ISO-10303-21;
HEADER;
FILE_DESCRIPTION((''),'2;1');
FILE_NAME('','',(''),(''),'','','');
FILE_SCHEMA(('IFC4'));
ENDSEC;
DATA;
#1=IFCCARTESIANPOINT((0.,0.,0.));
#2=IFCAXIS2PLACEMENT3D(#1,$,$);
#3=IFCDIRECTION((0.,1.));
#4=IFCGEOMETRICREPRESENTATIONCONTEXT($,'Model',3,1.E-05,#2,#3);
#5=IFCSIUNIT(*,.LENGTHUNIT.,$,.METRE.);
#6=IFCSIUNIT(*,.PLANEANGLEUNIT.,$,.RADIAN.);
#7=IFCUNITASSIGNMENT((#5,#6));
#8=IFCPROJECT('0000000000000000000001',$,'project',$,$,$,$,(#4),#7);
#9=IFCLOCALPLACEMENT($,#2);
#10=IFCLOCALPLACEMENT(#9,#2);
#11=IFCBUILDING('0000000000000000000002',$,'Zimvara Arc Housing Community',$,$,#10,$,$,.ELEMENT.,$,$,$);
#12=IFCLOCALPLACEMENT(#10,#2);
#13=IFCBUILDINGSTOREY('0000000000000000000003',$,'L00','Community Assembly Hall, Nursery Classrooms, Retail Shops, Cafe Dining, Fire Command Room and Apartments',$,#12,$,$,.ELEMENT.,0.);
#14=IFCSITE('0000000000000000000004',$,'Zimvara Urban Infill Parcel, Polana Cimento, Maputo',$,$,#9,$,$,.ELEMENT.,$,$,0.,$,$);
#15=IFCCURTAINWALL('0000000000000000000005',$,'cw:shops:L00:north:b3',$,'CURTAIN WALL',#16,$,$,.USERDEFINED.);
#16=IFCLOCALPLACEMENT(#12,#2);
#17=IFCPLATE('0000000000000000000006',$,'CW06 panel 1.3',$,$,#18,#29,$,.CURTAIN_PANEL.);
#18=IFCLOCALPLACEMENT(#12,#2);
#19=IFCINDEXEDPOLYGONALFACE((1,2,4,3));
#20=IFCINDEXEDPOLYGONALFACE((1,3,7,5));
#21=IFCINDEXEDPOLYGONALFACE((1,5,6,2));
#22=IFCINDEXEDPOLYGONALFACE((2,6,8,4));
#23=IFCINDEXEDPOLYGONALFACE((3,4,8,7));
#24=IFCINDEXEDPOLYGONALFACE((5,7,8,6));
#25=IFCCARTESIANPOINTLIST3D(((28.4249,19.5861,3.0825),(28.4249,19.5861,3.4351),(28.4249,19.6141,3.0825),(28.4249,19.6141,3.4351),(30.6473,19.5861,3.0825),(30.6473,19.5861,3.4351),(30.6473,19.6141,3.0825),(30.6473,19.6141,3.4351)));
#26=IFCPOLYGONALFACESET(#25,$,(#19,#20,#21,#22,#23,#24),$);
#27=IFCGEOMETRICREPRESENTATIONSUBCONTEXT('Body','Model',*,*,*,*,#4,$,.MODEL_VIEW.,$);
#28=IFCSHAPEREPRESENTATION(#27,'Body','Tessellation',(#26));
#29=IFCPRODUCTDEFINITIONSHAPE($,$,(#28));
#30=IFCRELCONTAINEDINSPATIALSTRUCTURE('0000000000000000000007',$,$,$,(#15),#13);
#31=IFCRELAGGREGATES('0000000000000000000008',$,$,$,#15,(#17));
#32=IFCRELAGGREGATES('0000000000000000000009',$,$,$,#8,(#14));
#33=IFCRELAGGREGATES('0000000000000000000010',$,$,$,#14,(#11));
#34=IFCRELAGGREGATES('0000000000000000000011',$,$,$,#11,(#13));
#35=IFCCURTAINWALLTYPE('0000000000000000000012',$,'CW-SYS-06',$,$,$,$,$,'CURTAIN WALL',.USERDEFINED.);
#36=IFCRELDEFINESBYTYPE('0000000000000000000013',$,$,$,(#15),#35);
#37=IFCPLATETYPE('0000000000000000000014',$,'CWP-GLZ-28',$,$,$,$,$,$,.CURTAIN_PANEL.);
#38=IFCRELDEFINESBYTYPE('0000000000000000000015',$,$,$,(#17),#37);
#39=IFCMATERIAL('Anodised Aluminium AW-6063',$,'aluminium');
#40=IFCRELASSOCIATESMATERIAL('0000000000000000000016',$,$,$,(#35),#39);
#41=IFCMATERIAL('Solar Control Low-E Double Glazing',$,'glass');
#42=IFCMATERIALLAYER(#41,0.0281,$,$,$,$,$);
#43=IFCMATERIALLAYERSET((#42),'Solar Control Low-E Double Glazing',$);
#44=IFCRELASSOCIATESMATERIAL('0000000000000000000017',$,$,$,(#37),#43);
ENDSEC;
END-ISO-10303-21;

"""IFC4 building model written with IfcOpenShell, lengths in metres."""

from ifc_helpers import new_model, si_unit, direction, frame, origin, origin_2d, place, context, subcontext, project, spatial, rectangle, extrude, material, layer, layer_set, type_object, element, aggregate, save


model = new_model("IFC4")

# Units and contexts
model_context = context("Model", 3, precision=1e-05, world=origin(), true_north=direction((0.0, 1.0)))
body_context = subcontext(model_context, "Body", "Model", "MODEL_VIEW")
ifc_project = project(units=[si_unit("LENGTHUNIT", "METRE"), si_unit("PLANEANGLEUNIT", "RADIAN")], contexts=[model_context])

# Site, building, storey
site_placement = place(None, origin())
site = spatial("IfcSite", under=ifc_project, at=site_placement, Name="Zimvara Urban Infill Parcel, Polana Cimento, Maputo", CompositionType="ELEMENT", RefElevation=0.0)
building_placement = place(site_placement, origin())
building = spatial("IfcBuilding", under=site, at=building_placement, Name="Zimvara Arc Housing Community", CompositionType="ELEMENT")
storey_placement = place(building_placement, origin())
storey = spatial("IfcBuildingStorey", under=building, at=storey_placement, Name="L00", Description="Community Assembly Hall, Nursery Classrooms, Retail Shops, Cafe Dining, Fire Command Room and Apartments", CompositionType="ELEMENT", Elevation=0.0)

# Curtain wall, plate
ifc_material_1 = material(Name="Anodised Aluminium AW-6063", Category="aluminium")
curtain_wall_type = type_object("IfcCurtainWallType", Name="CW-SYS-06", ElementType="CURTAIN WALL", PredefinedType="USERDEFINED", material=ifc_material_1)
curtain_wall_placement = place(storey_placement, origin())
curtain_wall = element("IfcCurtainWall", 1, at=curtain_wall_placement, inside=storey, type_object=curtain_wall_type, Name="cw:shops:L00:north:b3", ObjectType="CURTAIN WALL", PredefinedType="USERDEFINED")
ifc_material_2 = material(Name="Solar Control Low-E Double Glazing", Category="glass")
ifc_layer = layer(ifc_material_2, 0.0281)
ifc_layer_set = layer_set([ifc_layer], Name="Solar Control Low-E Double Glazing")
plate_type = type_object("IfcPlateType", Name="CWP-GLZ-28", PredefinedType="CURTAIN_PANEL", material=ifc_layer_set)
plate_1_placement = place(storey_placement, frame((29.5361, 19.6001, 3.0825), z_axis=(0.0, 0.0, 1.0), x_axis=(1.0, 0.0, 0.0)))
plate_1 = element("IfcPlate", 2, at=plate_1_placement, type_object=plate_type, Name="CW06 panel 1.3", PredefinedType="CURTAIN_PANEL", context=body_context, shape_type="SweptSolid", body=[
    extrude(rectangle(XDim=2.2224, YDim=0.0281, at=origin_2d()), origin(), (0.0, 0.0, 1.0), 0.3525),
])
aggregate(curtain_wall, [plate_1])

save(model, "model.ifc")
